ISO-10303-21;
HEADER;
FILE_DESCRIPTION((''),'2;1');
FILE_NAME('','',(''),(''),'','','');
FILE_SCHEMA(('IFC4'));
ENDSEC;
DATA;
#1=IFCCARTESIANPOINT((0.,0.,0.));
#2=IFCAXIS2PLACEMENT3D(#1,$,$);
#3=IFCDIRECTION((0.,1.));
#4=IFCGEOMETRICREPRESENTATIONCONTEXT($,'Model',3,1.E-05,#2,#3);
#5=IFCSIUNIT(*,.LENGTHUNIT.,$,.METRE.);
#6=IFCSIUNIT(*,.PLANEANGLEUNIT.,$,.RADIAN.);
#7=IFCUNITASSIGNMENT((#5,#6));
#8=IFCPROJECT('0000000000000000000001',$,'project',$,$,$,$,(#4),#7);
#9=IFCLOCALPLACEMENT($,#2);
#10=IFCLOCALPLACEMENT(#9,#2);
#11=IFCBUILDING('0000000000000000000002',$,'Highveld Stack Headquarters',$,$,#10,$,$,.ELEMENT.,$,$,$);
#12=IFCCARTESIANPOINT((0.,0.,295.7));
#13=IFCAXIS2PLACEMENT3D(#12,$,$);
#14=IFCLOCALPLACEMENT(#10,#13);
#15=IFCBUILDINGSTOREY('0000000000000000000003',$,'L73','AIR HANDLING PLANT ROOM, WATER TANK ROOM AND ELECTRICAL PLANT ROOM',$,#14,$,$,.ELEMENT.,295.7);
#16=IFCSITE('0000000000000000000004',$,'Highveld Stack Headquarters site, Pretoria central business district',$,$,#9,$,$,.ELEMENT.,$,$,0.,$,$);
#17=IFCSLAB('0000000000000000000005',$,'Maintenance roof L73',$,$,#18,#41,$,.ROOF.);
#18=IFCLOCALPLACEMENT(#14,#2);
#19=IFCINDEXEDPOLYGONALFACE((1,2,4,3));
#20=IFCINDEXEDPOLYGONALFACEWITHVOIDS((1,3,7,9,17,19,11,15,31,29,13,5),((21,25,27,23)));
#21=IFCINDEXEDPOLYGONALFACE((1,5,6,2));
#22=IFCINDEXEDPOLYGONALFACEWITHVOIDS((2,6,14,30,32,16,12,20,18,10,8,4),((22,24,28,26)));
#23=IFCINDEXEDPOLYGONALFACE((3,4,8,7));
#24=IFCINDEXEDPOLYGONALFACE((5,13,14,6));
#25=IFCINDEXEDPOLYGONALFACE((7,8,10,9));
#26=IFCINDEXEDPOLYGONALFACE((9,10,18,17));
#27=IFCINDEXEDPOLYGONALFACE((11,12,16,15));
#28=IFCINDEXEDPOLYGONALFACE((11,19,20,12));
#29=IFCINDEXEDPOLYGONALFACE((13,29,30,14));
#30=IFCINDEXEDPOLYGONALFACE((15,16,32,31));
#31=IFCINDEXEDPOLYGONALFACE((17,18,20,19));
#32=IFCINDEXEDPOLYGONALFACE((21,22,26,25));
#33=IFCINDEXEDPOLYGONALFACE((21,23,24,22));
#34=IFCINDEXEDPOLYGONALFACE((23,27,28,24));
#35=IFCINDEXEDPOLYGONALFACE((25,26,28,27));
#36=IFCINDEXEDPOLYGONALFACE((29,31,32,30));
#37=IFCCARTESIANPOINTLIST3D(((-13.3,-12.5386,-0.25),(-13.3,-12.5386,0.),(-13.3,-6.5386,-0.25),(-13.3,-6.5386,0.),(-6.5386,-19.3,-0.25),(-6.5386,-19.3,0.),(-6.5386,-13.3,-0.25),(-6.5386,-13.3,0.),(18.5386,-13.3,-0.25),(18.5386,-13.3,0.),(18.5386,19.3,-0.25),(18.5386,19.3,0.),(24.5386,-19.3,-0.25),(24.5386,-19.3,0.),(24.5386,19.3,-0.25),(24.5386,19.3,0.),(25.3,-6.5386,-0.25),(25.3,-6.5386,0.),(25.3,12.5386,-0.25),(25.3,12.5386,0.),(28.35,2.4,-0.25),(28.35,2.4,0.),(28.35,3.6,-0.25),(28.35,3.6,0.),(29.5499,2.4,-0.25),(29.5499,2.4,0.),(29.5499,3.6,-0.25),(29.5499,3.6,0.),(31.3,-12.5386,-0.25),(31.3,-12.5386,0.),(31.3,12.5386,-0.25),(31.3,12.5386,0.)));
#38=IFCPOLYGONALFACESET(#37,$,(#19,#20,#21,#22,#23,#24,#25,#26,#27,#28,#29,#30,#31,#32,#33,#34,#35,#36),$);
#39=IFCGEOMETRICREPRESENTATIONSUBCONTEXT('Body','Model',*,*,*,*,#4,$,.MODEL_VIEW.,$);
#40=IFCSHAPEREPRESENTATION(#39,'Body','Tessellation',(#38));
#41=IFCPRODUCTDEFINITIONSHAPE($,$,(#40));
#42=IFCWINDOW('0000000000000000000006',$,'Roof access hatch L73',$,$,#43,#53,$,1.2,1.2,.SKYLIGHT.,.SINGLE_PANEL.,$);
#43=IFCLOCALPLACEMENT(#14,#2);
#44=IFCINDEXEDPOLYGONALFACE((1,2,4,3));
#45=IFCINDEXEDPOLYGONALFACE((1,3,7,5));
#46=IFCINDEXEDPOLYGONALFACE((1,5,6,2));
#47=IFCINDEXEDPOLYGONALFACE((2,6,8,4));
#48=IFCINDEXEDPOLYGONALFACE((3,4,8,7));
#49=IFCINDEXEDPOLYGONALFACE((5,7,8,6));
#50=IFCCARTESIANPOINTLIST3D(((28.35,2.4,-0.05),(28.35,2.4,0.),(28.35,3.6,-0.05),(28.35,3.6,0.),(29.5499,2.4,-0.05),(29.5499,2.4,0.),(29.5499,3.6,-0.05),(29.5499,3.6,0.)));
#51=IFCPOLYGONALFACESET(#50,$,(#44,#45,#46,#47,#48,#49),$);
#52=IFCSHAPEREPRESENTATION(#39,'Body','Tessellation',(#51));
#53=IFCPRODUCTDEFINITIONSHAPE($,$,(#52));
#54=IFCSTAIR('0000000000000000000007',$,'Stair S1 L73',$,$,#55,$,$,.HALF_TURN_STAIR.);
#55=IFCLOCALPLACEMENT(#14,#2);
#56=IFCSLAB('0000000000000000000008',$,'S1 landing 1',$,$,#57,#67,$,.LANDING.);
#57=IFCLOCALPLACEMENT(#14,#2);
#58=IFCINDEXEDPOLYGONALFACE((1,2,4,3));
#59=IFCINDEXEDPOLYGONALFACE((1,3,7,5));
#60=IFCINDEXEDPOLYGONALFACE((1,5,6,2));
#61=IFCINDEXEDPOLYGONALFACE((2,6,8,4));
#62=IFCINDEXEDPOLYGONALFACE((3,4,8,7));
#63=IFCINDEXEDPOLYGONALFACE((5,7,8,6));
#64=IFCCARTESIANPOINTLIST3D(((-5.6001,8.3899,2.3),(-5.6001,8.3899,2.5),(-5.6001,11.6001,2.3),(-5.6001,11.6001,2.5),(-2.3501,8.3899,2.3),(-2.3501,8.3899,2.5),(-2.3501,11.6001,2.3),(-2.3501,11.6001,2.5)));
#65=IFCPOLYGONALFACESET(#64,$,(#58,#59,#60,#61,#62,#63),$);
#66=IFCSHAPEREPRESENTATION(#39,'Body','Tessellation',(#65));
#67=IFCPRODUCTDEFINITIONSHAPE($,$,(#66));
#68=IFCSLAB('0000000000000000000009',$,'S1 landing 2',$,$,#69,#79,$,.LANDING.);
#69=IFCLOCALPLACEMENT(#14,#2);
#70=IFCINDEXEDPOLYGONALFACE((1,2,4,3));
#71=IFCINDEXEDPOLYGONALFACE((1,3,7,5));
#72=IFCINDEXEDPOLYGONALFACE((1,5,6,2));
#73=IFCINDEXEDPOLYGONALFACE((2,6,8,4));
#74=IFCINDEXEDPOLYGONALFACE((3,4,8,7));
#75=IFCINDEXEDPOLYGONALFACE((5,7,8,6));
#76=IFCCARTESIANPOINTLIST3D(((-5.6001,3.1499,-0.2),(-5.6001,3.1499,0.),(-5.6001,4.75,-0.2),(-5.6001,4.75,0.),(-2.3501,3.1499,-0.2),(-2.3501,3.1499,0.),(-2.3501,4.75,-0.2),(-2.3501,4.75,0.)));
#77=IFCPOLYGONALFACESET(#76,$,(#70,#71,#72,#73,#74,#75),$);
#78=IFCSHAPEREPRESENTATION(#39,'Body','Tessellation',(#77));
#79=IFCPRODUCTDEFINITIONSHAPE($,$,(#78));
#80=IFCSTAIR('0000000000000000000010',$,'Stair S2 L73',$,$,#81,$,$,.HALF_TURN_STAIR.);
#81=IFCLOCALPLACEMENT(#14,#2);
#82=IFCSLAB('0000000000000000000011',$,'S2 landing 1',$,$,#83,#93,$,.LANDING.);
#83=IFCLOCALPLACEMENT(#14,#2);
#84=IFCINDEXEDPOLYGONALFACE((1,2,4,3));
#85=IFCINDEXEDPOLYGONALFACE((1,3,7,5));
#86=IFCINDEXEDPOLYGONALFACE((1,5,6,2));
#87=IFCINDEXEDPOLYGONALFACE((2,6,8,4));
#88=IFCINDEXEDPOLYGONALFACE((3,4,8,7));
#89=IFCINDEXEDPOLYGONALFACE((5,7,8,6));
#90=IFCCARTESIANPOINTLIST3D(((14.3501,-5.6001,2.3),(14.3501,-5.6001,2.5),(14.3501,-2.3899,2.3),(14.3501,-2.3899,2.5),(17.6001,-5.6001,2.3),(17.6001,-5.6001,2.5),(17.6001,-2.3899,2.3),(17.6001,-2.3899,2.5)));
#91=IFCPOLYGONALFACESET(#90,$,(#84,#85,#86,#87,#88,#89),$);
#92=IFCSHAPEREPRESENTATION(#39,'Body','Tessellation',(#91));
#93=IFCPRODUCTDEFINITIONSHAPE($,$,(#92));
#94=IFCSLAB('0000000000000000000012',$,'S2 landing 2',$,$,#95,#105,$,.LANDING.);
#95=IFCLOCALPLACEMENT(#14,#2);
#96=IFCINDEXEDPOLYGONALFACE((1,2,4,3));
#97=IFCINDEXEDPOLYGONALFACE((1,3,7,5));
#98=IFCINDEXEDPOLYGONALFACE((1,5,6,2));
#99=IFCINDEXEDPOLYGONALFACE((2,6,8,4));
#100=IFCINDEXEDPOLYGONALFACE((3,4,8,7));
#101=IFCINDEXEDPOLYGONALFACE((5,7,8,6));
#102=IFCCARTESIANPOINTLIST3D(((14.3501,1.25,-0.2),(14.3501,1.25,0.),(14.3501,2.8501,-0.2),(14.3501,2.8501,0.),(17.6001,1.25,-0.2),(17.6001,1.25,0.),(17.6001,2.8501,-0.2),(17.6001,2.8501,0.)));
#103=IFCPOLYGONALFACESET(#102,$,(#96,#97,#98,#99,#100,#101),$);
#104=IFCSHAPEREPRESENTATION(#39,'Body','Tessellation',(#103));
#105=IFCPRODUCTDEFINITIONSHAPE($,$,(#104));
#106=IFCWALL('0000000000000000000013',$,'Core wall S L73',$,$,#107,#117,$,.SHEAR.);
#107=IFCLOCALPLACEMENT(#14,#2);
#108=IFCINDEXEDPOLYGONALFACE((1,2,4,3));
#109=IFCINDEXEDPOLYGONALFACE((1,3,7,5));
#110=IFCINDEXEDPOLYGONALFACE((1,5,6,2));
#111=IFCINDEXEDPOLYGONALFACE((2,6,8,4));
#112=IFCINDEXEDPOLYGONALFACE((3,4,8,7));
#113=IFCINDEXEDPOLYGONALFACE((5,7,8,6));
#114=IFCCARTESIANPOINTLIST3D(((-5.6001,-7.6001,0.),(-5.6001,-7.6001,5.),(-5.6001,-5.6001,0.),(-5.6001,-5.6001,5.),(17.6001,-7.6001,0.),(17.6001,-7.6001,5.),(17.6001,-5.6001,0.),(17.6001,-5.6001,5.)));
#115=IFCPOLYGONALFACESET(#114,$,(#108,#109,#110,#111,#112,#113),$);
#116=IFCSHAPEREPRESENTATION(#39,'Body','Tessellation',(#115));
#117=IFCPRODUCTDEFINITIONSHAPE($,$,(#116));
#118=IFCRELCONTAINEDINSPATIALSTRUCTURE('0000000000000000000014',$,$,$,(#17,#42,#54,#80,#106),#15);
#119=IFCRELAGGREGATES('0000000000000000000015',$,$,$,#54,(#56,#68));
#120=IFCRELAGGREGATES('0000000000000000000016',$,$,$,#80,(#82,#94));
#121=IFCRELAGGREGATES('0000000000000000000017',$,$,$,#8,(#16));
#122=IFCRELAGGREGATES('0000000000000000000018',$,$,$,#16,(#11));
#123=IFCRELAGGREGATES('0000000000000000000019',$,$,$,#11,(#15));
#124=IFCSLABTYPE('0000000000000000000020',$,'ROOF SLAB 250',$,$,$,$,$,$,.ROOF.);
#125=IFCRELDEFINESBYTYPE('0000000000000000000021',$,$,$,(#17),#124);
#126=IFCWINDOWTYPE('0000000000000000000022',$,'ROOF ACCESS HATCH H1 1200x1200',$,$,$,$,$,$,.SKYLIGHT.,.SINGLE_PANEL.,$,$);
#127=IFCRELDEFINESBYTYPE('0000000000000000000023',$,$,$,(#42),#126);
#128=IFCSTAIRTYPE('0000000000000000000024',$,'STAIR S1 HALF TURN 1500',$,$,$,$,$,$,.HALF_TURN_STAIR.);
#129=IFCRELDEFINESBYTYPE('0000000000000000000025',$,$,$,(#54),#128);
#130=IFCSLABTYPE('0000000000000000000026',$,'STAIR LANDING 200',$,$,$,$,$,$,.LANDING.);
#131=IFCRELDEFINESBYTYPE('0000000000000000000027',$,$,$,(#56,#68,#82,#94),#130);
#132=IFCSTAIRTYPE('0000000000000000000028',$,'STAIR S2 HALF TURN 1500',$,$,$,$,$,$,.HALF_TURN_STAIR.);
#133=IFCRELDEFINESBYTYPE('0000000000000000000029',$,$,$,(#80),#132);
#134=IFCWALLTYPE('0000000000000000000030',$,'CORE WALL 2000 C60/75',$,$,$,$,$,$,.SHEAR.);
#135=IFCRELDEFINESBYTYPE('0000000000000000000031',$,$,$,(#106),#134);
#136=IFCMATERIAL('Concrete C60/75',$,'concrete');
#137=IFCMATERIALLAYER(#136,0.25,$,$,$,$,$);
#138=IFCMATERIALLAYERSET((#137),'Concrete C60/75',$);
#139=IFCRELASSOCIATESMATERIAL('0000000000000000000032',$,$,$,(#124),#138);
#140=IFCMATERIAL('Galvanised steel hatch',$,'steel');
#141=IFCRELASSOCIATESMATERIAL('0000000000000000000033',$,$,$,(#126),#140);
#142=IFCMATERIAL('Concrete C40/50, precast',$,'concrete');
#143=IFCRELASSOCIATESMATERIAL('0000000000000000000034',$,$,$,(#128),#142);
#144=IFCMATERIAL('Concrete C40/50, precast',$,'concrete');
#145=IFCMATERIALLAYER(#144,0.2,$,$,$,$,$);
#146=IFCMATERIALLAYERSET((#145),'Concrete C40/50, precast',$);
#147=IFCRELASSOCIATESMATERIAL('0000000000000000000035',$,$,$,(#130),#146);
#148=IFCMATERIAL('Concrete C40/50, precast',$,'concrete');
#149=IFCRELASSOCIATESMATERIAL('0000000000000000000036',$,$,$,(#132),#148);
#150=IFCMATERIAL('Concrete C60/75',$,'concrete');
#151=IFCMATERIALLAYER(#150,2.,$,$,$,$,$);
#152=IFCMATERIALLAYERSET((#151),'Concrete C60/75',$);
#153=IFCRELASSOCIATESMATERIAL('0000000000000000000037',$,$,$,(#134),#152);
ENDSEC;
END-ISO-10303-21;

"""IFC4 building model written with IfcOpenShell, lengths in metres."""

from ifc_helpers import new_model, si_unit, direction, frame, frame_2d, origin, origin_2d, place, context, subcontext, project, spatial, polyline, rectangle, outline, extrude, material, layer, layer_set, type_object, element, fill, aggregate, save


model = new_model("IFC4")

# Units and contexts
model_context = context("Model", 3, precision=1e-05, world=origin(), true_north=direction((0.0, 1.0)))
body_context = subcontext(model_context, "Body", "Model", "MODEL_VIEW")
ifc_project = project(units=[si_unit("LENGTHUNIT", "METRE"), si_unit("PLANEANGLEUNIT", "RADIAN")], contexts=[model_context])

# Site, building, storey
site_placement = place(None, origin())
site = spatial("IfcSite", under=ifc_project, at=site_placement, Name="Highveld Stack Headquarters site, Pretoria central business district", CompositionType="ELEMENT", RefElevation=0.0)
building_placement = place(site_placement, origin())
building = spatial("IfcBuilding", under=site, at=building_placement, Name="Highveld Stack Headquarters", CompositionType="ELEMENT")
storey_placement = place(building_placement, frame((0.0, 0.0, 295.7)))
storey = spatial("IfcBuildingStorey", under=building, at=storey_placement, Name="L73", Description="AIR HANDLING PLANT ROOM, WATER TANK ROOM AND ELECTRICAL PLANT ROOM", CompositionType="ELEMENT", Elevation=295.7)

# Slab, opening, window
ifc_material_1 = material(Name="Concrete C60/75", Category="concrete")
ifc_layer_1 = layer(ifc_material_1, 0.25)
ifc_layer_set_1 = layer_set([ifc_layer_1], Name="Concrete C60/75")
slab_type_1 = type_object("IfcSlabType", Name="ROOF SLAB 250", PredefinedType="ROOF", material=ifc_layer_set_1)
slab_1_placement = place(storey_placement, frame((0.0, 0.0, -0.25)))
slab_1 = element("IfcSlab", 1, at=slab_1_placement, inside=storey, type_object=slab_type_1, Name="Maintenance roof L73", PredefinedType="ROOF", context=body_context, shape_type="SweptSolid", body=[
    extrude(outline(polyline([(24.5386, 19.3), (31.3, 12.5386), (31.3, -12.5386), (24.5386, -19.3), (-6.5386, -19.3), (-13.3, -12.5386), (-13.3, -6.5386), (-6.5386, -13.3), (18.5386, -13.3), (25.3, -6.5386), (25.3, 12.5386), (18.5386, 19.3), (24.5386, 19.3)])), origin(), (0.0, 0.0, 1.0), 0.25),
])
opening_1_placement = place(slab_1_placement, frame((28.95, 3.0, 0.0)))
opening_1 = element("IfcOpeningElement", 2, at=opening_1_placement, cuts=slab_1, PredefinedType="OPENING", context=body_context, shape_type="SweptSolid", body=[
    extrude(rectangle(XDim=1.2, YDim=1.2, at=origin_2d()), origin(), (0.0, 0.0, 1.0), 0.25),
])
ifc_material_2 = material(Name="Galvanised steel hatch", Category="steel")
window_type = type_object("IfcWindowType", Name="ROOF ACCESS HATCH H1 1200x1200", PartitioningType="SINGLE_PANEL", PredefinedType="SKYLIGHT", material=ifc_material_2)
window_placement = place(opening_1_placement, frame((0.0, 0.0, 0.2)))
window = element("IfcWindow", 3, at=window_placement, inside=storey, type_object=window_type, Name="Roof access hatch L73", OverallHeight=1.2, OverallWidth=1.2, PartitioningType="SINGLE_PANEL", PredefinedType="SKYLIGHT", context=body_context, shape_type="SweptSolid", body=[
    extrude(rectangle(XDim=1.2, YDim=1.2, at=origin_2d()), origin(), (0.0, 0.0, 1.0), 0.05),
])
fill(opening_1, window)

# Stairs, slabs
ifc_material_3 = material(Name="Concrete C40/50, precast", Category="concrete")
stair_type_1 = type_object("IfcStairType", Name="STAIR S1 HALF TURN 1500", PredefinedType="HALF_TURN_STAIR", material=ifc_material_3)
stair_1_placement = place(storey_placement, origin())
stair_1 = element("IfcStair", 4, at=stair_1_placement, inside=storey, type_object=stair_type_1, Name="Stair S1 L73", PredefinedType="HALF_TURN_STAIR")
ifc_material_4 = material(Name="Concrete C40/50, precast", Category="concrete")
ifc_layer_2 = layer(ifc_material_4, 0.2)
ifc_layer_set_2 = layer_set([ifc_layer_2], Name="Concrete C40/50, precast")
slab_type_2 = type_object("IfcSlabType", Name="STAIR LANDING 200", PredefinedType="LANDING", material=ifc_layer_set_2)
slab_2_placement = place(storey_placement, frame((0.0, 0.0, 2.3)))
slab_2 = element("IfcSlab", 5, at=slab_2_placement, type_object=slab_type_2, Name="S1 landing 1", PredefinedType="LANDING", context=body_context, shape_type="SweptSolid", body=[
    extrude(outline(polyline([(-5.6001, 8.3899), (-2.3501, 8.3899), (-2.3501, 11.6001), (-5.6001, 11.6001), (-5.6001, 8.3899)])), origin(), (0.0, 0.0, 1.0), 0.2),
])
slab_3_placement = place(storey_placement, frame((0.0, 0.0, -0.2)))
slab_3 = element("IfcSlab", 6, at=slab_3_placement, type_object=slab_type_2, Name="S1 landing 2", PredefinedType="LANDING", context=body_context, shape_type="SweptSolid", body=[
    extrude(outline(polyline([(-5.6001, 3.1499), (-2.3501, 3.1499), (-2.3501, 4.75), (-5.6001, 4.75), (-5.6001, 3.1499)])), origin(), (0.0, 0.0, 1.0), 0.2),
])
aggregate(stair_1, [slab_2, slab_3])
ifc_material_5 = material(Name="Concrete C40/50, precast", Category="concrete")
stair_type_2 = type_object("IfcStairType", Name="STAIR S2 HALF TURN 1500", PredefinedType="HALF_TURN_STAIR", material=ifc_material_5)
stair_2_placement = place(storey_placement, origin())
stair_2 = element("IfcStair", 7, at=stair_2_placement, inside=storey, type_object=stair_type_2, Name="Stair S2 L73", PredefinedType="HALF_TURN_STAIR")
slab_4_placement = place(storey_placement, frame((0.0, 0.0, 2.3)))
slab_4 = element("IfcSlab", 8, at=slab_4_placement, type_object=slab_type_2, Name="S2 landing 1", PredefinedType="LANDING", context=body_context, shape_type="SweptSolid", body=[
    extrude(outline(polyline([(14.3501, -5.6001), (17.6001, -5.6001), (17.6001, -2.3899), (14.3501, -2.3899), (14.3501, -5.6001)])), origin(), (0.0, 0.0, 1.0), 0.2),
])
slab_5_placement = place(storey_placement, frame((0.0, 0.0, -0.2)))
slab_5 = element("IfcSlab", 9, at=slab_5_placement, type_object=slab_type_2, Name="S2 landing 2", PredefinedType="LANDING", context=body_context, shape_type="SweptSolid", body=[
    extrude(outline(polyline([(14.3501, 1.25), (17.6001, 1.25), (17.6001, 2.8501), (14.3501, 2.8501), (14.3501, 1.25)])), origin(), (0.0, 0.0, 1.0), 0.2),
])
aggregate(stair_2, [slab_4, slab_5])

# Wall
ifc_material_6 = material(Name="Concrete C60/75", Category="concrete")
ifc_layer_3 = layer(ifc_material_6, 2.0)
ifc_layer_set_3 = layer_set([ifc_layer_3], Name="Concrete C60/75")
wall_type_1 = type_object("IfcWallType", Name="CORE WALL 2000 C60/75", PredefinedType="SHEAR", material=ifc_layer_set_3)
wall_1_placement = place(storey_placement, frame((-5.6001, -6.6001, 0.0), z_axis=(0.0, 0.0, 1.0), x_axis=(1.0, 0.0, 0.0)))
element("IfcWall", 10, at=wall_1_placement, inside=storey, type_object=wall_type_1, Name="Core wall S L73", PredefinedType="SHEAR", context=body_context, shape_type="SweptSolid", body=[
    extrude(rectangle(XDim=23.2002, YDim=2.0, at=frame_2d((11.6001, 0.0))), origin(), (0.0, 0.0, 1.0), 5.0),
])

save(model, "model.ifc")
